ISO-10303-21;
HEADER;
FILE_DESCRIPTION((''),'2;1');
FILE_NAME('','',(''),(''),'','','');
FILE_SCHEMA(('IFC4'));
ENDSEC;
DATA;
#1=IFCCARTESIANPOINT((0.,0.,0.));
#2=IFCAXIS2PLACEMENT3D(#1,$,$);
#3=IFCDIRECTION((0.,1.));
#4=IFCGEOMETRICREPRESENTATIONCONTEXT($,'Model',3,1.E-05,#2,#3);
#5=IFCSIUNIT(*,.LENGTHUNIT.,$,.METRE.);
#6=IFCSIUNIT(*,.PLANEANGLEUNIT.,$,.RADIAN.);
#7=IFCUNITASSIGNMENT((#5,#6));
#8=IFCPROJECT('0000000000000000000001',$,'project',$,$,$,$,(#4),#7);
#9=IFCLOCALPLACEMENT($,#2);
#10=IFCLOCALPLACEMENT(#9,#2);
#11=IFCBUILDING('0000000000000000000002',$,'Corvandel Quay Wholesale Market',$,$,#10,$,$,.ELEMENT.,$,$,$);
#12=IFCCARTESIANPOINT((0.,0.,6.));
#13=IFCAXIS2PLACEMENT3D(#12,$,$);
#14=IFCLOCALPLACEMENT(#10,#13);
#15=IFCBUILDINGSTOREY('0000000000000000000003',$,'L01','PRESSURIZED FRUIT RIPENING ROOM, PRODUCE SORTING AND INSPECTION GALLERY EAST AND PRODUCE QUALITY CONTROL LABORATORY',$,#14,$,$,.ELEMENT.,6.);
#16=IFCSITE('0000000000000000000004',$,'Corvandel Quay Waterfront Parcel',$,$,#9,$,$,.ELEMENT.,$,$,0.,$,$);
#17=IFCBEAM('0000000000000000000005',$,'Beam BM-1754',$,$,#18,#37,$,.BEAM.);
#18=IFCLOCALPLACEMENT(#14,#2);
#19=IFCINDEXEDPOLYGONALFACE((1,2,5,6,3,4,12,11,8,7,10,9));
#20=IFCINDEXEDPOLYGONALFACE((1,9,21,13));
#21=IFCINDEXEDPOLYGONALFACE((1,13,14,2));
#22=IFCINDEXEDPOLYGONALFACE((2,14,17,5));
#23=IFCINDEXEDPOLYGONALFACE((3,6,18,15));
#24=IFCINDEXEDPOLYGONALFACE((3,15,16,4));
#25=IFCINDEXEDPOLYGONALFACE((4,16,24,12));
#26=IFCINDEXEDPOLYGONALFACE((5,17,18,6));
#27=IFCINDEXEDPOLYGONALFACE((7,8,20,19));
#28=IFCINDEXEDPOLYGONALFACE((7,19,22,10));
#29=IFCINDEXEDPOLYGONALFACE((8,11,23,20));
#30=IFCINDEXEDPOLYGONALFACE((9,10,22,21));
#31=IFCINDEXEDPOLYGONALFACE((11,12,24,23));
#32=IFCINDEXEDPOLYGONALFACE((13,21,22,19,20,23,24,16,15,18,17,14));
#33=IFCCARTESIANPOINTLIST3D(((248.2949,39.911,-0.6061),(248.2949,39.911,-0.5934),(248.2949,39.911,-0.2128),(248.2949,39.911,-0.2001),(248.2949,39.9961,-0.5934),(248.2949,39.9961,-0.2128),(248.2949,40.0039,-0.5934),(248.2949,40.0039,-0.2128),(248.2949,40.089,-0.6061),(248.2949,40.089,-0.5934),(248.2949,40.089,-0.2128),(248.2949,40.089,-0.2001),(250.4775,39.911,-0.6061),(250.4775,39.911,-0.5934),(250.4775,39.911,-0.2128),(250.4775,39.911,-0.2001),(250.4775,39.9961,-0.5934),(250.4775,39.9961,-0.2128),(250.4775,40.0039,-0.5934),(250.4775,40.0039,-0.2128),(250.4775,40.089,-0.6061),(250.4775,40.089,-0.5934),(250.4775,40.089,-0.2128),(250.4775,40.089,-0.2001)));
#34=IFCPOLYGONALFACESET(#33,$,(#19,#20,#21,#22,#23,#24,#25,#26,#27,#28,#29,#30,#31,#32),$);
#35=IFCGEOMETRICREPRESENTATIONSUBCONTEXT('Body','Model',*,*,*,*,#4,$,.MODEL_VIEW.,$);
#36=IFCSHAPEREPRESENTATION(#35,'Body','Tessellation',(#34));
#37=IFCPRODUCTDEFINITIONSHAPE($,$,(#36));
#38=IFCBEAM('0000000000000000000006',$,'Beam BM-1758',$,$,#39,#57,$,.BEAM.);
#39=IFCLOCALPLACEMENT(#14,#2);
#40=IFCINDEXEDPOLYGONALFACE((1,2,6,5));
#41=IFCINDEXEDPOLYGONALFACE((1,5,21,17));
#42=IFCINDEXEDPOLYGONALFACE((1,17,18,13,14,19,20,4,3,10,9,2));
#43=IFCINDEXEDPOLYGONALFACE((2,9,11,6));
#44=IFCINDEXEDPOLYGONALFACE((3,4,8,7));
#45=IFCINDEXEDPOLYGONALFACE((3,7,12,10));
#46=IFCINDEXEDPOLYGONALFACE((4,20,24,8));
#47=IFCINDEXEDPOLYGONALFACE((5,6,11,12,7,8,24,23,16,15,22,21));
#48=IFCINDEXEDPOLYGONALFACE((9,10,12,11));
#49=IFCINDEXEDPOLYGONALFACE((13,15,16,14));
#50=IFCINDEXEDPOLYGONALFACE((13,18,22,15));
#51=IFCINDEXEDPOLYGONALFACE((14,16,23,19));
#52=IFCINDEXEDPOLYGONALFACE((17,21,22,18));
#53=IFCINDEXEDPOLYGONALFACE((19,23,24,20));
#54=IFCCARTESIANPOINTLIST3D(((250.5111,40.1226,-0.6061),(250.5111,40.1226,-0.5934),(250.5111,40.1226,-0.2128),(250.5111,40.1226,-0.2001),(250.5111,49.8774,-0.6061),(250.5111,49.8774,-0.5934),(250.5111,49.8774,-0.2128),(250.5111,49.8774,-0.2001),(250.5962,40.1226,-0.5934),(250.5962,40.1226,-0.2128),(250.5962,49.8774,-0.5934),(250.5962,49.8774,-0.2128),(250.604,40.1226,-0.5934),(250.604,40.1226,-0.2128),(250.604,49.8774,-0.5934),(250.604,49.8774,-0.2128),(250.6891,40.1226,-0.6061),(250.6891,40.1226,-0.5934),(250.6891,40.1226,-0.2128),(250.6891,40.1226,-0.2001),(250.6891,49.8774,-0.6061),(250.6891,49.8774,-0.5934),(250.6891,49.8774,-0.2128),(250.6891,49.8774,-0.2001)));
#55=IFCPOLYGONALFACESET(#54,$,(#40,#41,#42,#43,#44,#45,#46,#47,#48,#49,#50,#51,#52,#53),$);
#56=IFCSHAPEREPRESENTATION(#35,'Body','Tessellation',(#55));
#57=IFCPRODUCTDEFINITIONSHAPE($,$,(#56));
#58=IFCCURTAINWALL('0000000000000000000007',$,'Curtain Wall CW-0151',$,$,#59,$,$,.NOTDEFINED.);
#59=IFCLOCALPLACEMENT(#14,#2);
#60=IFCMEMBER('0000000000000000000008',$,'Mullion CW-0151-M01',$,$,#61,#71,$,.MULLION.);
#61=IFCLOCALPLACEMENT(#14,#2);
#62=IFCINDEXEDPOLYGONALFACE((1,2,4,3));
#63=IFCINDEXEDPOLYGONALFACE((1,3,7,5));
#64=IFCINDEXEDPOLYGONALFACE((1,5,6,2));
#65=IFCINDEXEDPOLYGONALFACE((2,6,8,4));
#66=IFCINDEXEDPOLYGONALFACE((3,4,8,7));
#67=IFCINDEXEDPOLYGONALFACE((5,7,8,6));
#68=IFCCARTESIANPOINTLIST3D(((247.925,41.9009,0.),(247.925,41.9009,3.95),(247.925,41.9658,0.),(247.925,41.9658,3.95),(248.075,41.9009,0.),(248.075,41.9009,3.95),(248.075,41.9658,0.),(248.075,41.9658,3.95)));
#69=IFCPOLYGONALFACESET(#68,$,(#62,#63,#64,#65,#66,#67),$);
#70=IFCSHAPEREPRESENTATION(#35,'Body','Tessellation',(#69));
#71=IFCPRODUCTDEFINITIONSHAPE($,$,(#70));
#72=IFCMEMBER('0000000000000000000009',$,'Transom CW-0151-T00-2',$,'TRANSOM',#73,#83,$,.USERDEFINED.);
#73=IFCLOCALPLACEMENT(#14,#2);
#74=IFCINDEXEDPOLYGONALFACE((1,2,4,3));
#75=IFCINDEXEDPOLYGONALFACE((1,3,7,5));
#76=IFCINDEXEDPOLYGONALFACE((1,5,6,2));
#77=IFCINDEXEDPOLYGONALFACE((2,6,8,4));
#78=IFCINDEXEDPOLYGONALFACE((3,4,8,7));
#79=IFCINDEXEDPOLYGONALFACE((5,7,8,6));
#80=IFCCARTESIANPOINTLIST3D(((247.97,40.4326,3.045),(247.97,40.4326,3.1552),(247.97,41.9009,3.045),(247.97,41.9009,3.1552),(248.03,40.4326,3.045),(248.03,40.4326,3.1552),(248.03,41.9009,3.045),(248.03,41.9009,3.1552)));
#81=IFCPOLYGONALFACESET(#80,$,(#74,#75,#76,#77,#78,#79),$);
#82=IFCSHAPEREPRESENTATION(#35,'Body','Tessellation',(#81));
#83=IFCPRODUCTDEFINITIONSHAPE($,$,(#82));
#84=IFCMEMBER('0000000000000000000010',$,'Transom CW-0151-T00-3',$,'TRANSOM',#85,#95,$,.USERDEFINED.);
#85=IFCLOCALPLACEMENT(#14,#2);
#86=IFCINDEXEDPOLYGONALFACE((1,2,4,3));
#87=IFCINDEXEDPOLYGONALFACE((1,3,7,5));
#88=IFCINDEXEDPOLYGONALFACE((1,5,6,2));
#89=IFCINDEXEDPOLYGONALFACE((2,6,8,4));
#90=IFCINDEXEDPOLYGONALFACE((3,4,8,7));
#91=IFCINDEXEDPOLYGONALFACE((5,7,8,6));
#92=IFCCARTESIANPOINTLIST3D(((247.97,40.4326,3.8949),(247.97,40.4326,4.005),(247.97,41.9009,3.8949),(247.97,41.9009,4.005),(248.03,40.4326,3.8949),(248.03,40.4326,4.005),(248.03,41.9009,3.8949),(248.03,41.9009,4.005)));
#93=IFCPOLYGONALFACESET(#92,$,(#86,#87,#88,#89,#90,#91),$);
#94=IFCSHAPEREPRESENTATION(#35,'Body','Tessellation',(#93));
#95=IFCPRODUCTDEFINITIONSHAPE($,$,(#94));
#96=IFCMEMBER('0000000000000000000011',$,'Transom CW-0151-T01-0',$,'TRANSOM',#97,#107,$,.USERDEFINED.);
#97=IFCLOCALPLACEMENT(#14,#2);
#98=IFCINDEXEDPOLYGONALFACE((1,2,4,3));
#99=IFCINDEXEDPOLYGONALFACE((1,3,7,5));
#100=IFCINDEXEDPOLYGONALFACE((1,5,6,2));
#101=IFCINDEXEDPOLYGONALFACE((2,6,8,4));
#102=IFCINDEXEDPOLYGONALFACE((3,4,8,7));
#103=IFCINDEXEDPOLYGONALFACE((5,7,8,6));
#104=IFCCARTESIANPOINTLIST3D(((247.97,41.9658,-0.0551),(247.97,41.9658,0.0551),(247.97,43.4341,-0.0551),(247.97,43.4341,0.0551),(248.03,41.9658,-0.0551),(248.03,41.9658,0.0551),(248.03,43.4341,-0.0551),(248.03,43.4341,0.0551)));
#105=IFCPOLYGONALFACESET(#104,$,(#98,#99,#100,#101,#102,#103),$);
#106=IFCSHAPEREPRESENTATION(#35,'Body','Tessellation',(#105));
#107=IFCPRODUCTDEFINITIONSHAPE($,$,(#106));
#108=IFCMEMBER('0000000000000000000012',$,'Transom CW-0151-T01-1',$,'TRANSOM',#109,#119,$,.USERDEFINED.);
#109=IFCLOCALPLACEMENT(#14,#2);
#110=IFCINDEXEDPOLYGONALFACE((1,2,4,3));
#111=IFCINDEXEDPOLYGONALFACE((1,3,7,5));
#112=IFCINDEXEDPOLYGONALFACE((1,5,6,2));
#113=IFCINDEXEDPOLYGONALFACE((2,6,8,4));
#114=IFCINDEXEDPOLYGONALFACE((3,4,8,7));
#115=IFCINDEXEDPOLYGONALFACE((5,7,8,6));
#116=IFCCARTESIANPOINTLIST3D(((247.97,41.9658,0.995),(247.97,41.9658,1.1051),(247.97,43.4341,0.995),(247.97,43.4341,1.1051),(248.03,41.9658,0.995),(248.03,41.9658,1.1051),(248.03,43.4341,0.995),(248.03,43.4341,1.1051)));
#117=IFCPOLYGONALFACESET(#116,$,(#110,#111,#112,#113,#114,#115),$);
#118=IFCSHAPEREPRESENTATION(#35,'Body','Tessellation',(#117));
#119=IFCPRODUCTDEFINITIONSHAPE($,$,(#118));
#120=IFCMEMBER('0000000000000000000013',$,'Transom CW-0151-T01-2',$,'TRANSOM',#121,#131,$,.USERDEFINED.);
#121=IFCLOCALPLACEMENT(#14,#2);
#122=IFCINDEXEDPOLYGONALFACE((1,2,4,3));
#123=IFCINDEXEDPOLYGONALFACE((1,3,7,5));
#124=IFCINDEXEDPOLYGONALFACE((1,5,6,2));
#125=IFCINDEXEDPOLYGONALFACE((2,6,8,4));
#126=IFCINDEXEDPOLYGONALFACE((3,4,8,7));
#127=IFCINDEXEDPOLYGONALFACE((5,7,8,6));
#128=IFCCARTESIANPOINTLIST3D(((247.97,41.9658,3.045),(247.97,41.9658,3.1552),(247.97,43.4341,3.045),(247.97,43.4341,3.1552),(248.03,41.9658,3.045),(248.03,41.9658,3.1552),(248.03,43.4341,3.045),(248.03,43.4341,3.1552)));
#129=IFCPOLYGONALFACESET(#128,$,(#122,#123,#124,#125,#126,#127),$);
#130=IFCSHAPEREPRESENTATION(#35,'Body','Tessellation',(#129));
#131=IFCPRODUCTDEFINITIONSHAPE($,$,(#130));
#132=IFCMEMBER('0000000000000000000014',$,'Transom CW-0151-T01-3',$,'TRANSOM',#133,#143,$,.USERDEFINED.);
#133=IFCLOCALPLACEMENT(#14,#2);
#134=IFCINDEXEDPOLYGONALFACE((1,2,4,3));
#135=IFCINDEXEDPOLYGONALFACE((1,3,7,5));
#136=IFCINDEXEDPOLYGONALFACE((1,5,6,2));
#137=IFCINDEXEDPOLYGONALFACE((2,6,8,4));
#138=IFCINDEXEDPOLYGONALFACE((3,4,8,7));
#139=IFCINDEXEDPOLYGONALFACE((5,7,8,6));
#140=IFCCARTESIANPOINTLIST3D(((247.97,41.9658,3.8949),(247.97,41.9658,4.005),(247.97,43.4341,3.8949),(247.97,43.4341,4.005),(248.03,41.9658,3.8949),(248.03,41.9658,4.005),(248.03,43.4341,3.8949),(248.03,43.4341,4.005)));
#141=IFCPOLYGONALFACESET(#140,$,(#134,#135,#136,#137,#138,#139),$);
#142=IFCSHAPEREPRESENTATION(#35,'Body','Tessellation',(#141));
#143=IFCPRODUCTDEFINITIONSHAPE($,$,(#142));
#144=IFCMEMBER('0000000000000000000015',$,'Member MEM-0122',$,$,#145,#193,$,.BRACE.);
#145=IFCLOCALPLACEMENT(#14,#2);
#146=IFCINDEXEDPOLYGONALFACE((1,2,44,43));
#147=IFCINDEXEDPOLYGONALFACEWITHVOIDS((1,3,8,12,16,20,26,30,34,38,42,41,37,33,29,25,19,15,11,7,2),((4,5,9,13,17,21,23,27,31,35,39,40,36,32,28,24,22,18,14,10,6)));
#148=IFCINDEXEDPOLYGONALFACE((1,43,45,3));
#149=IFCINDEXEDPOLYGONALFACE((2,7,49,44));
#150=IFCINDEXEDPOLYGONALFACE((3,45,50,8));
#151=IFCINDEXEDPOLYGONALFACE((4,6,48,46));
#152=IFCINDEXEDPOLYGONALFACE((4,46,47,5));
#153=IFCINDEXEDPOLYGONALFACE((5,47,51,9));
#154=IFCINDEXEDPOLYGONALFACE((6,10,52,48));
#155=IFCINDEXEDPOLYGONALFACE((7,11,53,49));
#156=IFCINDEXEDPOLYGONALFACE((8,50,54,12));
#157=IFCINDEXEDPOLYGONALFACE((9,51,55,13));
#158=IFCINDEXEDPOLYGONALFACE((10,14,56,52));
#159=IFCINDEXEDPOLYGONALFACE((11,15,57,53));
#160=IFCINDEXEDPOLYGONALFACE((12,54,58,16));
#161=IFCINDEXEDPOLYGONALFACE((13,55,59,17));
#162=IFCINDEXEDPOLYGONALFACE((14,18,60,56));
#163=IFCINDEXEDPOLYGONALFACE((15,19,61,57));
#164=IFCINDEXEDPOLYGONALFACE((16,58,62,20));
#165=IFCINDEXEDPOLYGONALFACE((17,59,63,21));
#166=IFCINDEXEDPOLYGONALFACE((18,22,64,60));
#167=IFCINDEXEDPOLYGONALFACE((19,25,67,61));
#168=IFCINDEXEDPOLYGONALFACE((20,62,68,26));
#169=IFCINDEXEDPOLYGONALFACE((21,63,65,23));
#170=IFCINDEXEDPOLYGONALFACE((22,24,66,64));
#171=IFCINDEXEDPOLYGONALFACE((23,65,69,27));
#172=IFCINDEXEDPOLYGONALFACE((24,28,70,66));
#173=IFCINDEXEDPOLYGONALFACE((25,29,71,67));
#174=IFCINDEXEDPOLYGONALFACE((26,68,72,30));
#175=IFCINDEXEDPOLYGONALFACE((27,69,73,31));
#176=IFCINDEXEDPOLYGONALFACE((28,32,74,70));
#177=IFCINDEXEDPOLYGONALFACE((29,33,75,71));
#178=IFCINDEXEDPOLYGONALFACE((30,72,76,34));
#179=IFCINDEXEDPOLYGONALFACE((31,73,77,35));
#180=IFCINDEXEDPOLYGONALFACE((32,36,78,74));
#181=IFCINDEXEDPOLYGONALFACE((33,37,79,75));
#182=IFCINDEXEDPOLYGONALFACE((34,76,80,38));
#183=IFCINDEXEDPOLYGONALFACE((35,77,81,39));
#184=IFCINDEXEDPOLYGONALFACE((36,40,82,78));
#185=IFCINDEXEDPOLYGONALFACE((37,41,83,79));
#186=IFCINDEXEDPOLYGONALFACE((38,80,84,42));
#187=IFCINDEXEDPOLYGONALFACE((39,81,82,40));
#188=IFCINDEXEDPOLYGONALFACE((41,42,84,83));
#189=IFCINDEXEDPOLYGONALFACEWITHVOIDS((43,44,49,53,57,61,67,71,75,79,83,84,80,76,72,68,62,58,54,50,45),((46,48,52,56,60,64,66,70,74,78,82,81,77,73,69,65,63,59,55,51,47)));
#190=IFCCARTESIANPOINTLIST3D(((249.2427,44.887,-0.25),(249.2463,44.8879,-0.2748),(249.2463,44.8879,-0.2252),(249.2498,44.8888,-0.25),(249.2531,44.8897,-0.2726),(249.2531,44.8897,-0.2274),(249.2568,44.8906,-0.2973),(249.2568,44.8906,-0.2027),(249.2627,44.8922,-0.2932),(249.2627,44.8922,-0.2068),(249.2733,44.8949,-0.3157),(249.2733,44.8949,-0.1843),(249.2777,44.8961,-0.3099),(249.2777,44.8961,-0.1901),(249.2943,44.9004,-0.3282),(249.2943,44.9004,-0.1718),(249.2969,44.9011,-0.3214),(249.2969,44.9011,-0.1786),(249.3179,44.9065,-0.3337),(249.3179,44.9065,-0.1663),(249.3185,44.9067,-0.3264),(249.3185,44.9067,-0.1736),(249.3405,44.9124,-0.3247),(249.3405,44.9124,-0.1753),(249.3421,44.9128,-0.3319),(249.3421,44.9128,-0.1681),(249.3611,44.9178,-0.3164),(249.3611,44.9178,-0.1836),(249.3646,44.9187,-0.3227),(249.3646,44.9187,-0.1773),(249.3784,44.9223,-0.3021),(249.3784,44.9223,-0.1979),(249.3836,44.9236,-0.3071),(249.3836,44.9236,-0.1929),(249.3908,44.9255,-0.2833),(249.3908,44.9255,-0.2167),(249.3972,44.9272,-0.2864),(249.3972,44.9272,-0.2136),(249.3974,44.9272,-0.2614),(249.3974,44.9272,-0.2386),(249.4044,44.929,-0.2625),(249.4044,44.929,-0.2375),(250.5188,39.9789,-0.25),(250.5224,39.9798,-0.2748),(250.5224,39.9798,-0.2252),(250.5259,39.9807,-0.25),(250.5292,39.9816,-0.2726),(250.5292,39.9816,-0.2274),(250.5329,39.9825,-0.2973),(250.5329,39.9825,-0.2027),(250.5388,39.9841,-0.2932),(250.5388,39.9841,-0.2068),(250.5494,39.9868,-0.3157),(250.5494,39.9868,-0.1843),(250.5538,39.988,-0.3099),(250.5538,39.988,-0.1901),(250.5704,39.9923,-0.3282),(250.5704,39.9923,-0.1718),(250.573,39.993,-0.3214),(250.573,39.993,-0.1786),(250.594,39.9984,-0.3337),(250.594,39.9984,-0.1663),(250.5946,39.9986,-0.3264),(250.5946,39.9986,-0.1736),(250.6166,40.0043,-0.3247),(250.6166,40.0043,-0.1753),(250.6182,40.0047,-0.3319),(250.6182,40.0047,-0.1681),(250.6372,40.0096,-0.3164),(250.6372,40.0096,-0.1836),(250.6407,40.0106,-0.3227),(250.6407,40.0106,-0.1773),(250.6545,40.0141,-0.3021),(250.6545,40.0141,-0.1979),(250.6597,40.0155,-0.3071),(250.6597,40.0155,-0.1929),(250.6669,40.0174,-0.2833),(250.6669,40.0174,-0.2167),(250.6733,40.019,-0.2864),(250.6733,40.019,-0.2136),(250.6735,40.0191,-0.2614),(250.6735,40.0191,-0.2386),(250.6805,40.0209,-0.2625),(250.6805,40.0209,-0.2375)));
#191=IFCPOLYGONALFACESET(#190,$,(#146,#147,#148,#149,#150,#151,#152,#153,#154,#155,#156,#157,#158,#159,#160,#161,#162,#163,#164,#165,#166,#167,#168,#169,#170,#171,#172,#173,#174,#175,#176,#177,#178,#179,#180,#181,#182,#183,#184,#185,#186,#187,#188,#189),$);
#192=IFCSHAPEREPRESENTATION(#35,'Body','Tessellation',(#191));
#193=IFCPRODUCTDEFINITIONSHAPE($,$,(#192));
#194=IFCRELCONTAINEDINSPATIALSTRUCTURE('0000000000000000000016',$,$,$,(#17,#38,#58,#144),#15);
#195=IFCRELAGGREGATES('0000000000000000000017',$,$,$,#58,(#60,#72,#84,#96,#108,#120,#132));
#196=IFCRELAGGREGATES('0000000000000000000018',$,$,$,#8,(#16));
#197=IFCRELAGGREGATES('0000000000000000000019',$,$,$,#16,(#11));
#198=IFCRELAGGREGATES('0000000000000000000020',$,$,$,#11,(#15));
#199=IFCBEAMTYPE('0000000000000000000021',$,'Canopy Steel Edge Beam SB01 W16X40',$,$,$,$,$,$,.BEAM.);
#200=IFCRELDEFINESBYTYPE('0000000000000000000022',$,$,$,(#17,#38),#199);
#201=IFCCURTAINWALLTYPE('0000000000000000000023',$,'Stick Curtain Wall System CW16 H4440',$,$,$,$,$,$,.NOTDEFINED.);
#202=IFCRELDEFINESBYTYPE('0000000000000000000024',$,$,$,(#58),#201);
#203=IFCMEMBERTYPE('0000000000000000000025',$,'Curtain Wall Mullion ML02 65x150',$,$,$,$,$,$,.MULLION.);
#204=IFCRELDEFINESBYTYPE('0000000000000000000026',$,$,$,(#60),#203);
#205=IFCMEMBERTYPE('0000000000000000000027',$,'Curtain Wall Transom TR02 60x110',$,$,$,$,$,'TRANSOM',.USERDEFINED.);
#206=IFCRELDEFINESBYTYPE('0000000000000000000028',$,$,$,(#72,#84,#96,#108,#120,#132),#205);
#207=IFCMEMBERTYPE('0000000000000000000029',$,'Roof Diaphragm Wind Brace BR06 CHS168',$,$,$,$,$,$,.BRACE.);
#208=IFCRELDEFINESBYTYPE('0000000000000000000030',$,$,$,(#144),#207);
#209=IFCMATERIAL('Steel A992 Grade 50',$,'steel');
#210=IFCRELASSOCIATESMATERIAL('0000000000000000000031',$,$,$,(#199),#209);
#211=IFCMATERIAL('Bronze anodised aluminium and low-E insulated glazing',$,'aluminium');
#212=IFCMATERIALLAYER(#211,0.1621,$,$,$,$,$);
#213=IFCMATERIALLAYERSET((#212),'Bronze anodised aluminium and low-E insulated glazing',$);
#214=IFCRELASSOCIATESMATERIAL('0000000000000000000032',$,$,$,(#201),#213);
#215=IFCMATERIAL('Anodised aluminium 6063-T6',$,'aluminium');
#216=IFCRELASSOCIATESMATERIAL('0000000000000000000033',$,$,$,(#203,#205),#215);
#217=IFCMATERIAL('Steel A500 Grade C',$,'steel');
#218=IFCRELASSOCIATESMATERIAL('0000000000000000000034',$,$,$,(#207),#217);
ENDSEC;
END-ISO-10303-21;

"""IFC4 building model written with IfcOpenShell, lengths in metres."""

from ifc_helpers import new_model, si_unit, direction, frame, origin, origin_2d, place, context, subcontext, project, spatial, rectangle, hollow_circle, i_section, extrude, material, layer, layer_set, material_profile, profile_set, type_object, element, aggregate, save


model = new_model("IFC4")

# Units and contexts
model_context = context("Model", 3, precision=1e-05, world=origin(), true_north=direction((0.0, 1.0)))
body_context = subcontext(model_context, "Body", "Model", "MODEL_VIEW")
ifc_project = project(units=[si_unit("LENGTHUNIT", "METRE"), si_unit("PLANEANGLEUNIT", "RADIAN")], contexts=[model_context])

# Site, building, storey
site_placement = place(None, origin())
site = spatial("IfcSite", under=ifc_project, at=site_placement, Name="Corvandel Quay Waterfront Parcel", CompositionType="ELEMENT", RefElevation=0.0)
building_placement = place(site_placement, origin())
building = spatial("IfcBuilding", under=site, at=building_placement, Name="Corvandel Quay Wholesale Market", CompositionType="ELEMENT")
storey_placement = place(building_placement, frame((0.0, 0.0, 6.0)))
storey = spatial("IfcBuildingStorey", under=building, at=storey_placement, Name="L01", Description="PRESSURIZED FRUIT RIPENING ROOM, PRODUCE SORTING AND INSPECTION GALLERY EAST AND PRODUCE QUALITY CONTROL LABORATORY", CompositionType="ELEMENT", Elevation=6.0)

# Beams
ifc_material_1 = material(Name="Steel A992 Grade 50", Category="steel")
ifc_material_profile_1 = material_profile(ifc_material_1, i_section(OverallWidth=0.178, OverallDepth=0.406, WebThickness=0.0078, FlangeThickness=0.0127, at=origin_2d()), Name="W16X40")
ifc_profile_set_1 = profile_set([ifc_material_profile_1], Name="Steel A992 Grade 50")
beam_type = type_object("IfcBeamType", Name="Canopy Steel Edge Beam SB01 W16X40", PredefinedType="BEAM", material=ifc_profile_set_1)
beam_1_placement = place(storey_placement, frame((248.2949, 40.0, -0.4031), z_axis=(1.0, 0.0, 0.0), x_axis=(0.0, 1.0, 0.0)))
element("IfcBeam", 1, at=beam_1_placement, inside=storey, type_object=beam_type, Name="Beam BM-1754", PredefinedType="BEAM", context=body_context, shape_type="SweptSolid", body=[
    extrude(i_section(OverallWidth=0.178, OverallDepth=0.406, WebThickness=0.0078, FlangeThickness=0.0127, at=origin_2d()), origin(), (0.0, 0.0, 1.0), 2.1826),
])
beam_2_placement = place(storey_placement, frame((250.6001, 40.1226, -0.4031), z_axis=(0.0, 1.0, 0.0), x_axis=(-1.0, 0.0, 0.0)))
element("IfcBeam", 2, at=beam_2_placement, inside=storey, type_object=beam_type, Name="Beam BM-1758", PredefinedType="BEAM", context=body_context, shape_type="SweptSolid", body=[
    extrude(i_section(OverallWidth=0.178, OverallDepth=0.406, WebThickness=0.0078, FlangeThickness=0.0127, at=origin_2d()), origin(), (0.0, 0.0, 1.0), 9.7549),
])

# Curtain wall, members
ifc_material_2 = material(Name="Bronze anodised aluminium and low-E insulated glazing", Category="aluminium")
ifc_layer_1 = layer(ifc_material_2, 0.1621)
ifc_layer_set_1 = layer_set([ifc_layer_1], Name="Bronze anodised aluminium and low-E insulated glazing")
curtain_wall_type = type_object("IfcCurtainWallType", Name="Stick Curtain Wall System CW16 H4440", PredefinedType="NOTDEFINED", material=ifc_layer_set_1)
curtain_wall_placement = place(storey_placement, origin())
curtain_wall = element("IfcCurtainWall", 3, at=curtain_wall_placement, inside=storey, type_object=curtain_wall_type, Name="Curtain Wall CW-0151", PredefinedType="NOTDEFINED")
ifc_material_3 = material(Name="Anodised aluminium 6063-T6", Category="aluminium")
ifc_material_profile_2 = material_profile(ifc_material_3, rectangle(XDim=0.0649, YDim=0.1499, at=origin_2d()), Name="ALU-MUL-65x150")
ifc_profile_set_2 = profile_set([ifc_material_profile_2], Name="Anodised aluminium 6063-T6")
member_type_1 = type_object("IfcMemberType", Name="Curtain Wall Mullion ML02 65x150", PredefinedType="MULLION", material=ifc_profile_set_2)
member_1_placement = place(storey_placement, frame((248.0, 41.9333, 0.0), z_axis=(0.0, 0.0, 1.0), x_axis=(0.0, 1.0, 0.0)))
member_1 = element("IfcMember", 4, at=member_1_placement, type_object=member_type_1, Name="Mullion CW-0151-M01", PredefinedType="MULLION", context=body_context, shape_type="SweptSolid", body=[
    extrude(rectangle(XDim=0.0649, YDim=0.1499, at=origin_2d()), origin(), (0.0, 0.0, 1.0), 3.95),
])
ifc_material_profile_3 = material_profile(ifc_material_3, rectangle(XDim=0.0601, YDim=0.1101, at=origin_2d()), Name="ALU-TRN-60x110")
ifc_profile_set_3 = profile_set([ifc_material_profile_3], Name="Anodised aluminium 6063-T6")
member_type_2 = type_object("IfcMemberType", Name="Curtain Wall Transom TR02 60x110", ElementType="TRANSOM", PredefinedType="USERDEFINED", material=ifc_profile_set_3)
member_2_placement = place(storey_placement, frame((248.0, 40.4326, 3.1001), z_axis=(0.0, 1.0, 0.0), x_axis=(-1.0, 0.0, 0.0)))
member_2 = element("IfcMember", 5, at=member_2_placement, type_object=member_type_2, Name="Transom CW-0151-T00-2", ObjectType="TRANSOM", PredefinedType="USERDEFINED", context=body_context, shape_type="SweptSolid", body=[
    extrude(rectangle(XDim=0.0601, YDim=0.1101, at=origin_2d()), origin(), (0.0, 0.0, 1.0), 1.4683),
])
member_3_placement = place(storey_placement, frame((248.0, 40.4326, 3.95), z_axis=(0.0, 1.0, 0.0), x_axis=(-1.0, 0.0, 0.0)))
member_3 = element("IfcMember", 6, at=member_3_placement, type_object=member_type_2, Name="Transom CW-0151-T00-3", ObjectType="TRANSOM", PredefinedType="USERDEFINED", context=body_context, shape_type="SweptSolid", body=[
    extrude(rectangle(XDim=0.0601, YDim=0.1101, at=origin_2d()), origin(), (0.0, 0.0, 1.0), 1.4683),
])
member_4_placement = place(storey_placement, frame((248.0, 41.9658, 0.0), z_axis=(0.0, 1.0, 0.0), x_axis=(-1.0, 0.0, 0.0)))
member_4 = element("IfcMember", 7, at=member_4_placement, type_object=member_type_2, Name="Transom CW-0151-T01-0", ObjectType="TRANSOM", PredefinedType="USERDEFINED", context=body_context, shape_type="SweptSolid", body=[
    extrude(rectangle(XDim=0.0601, YDim=0.1101, at=origin_2d()), origin(), (0.0, 0.0, 1.0), 1.4683),
])
member_5_placement = place(storey_placement, frame((248.0, 41.9658, 1.05), z_axis=(0.0, 1.0, 0.0), x_axis=(-1.0, 0.0, 0.0)))
member_5 = element("IfcMember", 8, at=member_5_placement, type_object=member_type_2, Name="Transom CW-0151-T01-1", ObjectType="TRANSOM", PredefinedType="USERDEFINED", context=body_context, shape_type="SweptSolid", body=[
    extrude(rectangle(XDim=0.0601, YDim=0.1101, at=origin_2d()), origin(), (0.0, 0.0, 1.0), 1.4683),
])
member_6_placement = place(storey_placement, frame((248.0, 41.9658, 3.1001), z_axis=(0.0, 1.0, 0.0), x_axis=(-1.0, 0.0, 0.0)))
member_6 = element("IfcMember", 9, at=member_6_placement, type_object=member_type_2, Name="Transom CW-0151-T01-2", ObjectType="TRANSOM", PredefinedType="USERDEFINED", context=body_context, shape_type="SweptSolid", body=[
    extrude(rectangle(XDim=0.0601, YDim=0.1101, at=origin_2d()), origin(), (0.0, 0.0, 1.0), 1.4683),
])
member_7_placement = place(storey_placement, frame((248.0, 41.9658, 3.95), z_axis=(0.0, 1.0, 0.0), x_axis=(-1.0, 0.0, 0.0)))
member_7 = element("IfcMember", 10, at=member_7_placement, type_object=member_type_2, Name="Transom CW-0151-T01-3", ObjectType="TRANSOM", PredefinedType="USERDEFINED", context=body_context, shape_type="SweptSolid", body=[
    extrude(rectangle(XDim=0.0601, YDim=0.1101, at=origin_2d()), origin(), (0.0, 0.0, 1.0), 1.4683),
])

# Member
ifc_material_4 = material(Name="Steel A500 Grade C", Category="steel")
ifc_material_profile_4 = material_profile(ifc_material_4, hollow_circle(Radius=0.084, WallThickness=0.0073, at=origin_2d()), Name="HSS6.625X0.312")
ifc_profile_set_4 = profile_set([ifc_material_profile_4], Name="Steel A500 Grade C")
member_type_3 = type_object("IfcMemberType", Name="Roof Diaphragm Wind Brace BR06 CHS168", PredefinedType="BRACE", material=ifc_profile_set_4)
member_8_placement = place(storey_placement, frame((250.6001, 40.0, -0.25), z_axis=(-0.251632, 0.967823, 0.0), x_axis=(-0.967823, -0.251632, 0.0)))
element("IfcMember", 11, at=member_8_placement, inside=storey, type_object=member_type_3, Name="Member MEM-0122", PredefinedType="BRACE", context=body_context, shape_type="SweptSolid", body=[
    extrude(hollow_circle(Radius=0.084, WallThickness=0.0073, at=origin_2d()), origin(), (0.0, 0.0, 1.0), 5.0713),
])

aggregate(curtain_wall, [member_1, member_2, member_3, member_4, member_5, member_6, member_7])

save(model, "model.ifc")
